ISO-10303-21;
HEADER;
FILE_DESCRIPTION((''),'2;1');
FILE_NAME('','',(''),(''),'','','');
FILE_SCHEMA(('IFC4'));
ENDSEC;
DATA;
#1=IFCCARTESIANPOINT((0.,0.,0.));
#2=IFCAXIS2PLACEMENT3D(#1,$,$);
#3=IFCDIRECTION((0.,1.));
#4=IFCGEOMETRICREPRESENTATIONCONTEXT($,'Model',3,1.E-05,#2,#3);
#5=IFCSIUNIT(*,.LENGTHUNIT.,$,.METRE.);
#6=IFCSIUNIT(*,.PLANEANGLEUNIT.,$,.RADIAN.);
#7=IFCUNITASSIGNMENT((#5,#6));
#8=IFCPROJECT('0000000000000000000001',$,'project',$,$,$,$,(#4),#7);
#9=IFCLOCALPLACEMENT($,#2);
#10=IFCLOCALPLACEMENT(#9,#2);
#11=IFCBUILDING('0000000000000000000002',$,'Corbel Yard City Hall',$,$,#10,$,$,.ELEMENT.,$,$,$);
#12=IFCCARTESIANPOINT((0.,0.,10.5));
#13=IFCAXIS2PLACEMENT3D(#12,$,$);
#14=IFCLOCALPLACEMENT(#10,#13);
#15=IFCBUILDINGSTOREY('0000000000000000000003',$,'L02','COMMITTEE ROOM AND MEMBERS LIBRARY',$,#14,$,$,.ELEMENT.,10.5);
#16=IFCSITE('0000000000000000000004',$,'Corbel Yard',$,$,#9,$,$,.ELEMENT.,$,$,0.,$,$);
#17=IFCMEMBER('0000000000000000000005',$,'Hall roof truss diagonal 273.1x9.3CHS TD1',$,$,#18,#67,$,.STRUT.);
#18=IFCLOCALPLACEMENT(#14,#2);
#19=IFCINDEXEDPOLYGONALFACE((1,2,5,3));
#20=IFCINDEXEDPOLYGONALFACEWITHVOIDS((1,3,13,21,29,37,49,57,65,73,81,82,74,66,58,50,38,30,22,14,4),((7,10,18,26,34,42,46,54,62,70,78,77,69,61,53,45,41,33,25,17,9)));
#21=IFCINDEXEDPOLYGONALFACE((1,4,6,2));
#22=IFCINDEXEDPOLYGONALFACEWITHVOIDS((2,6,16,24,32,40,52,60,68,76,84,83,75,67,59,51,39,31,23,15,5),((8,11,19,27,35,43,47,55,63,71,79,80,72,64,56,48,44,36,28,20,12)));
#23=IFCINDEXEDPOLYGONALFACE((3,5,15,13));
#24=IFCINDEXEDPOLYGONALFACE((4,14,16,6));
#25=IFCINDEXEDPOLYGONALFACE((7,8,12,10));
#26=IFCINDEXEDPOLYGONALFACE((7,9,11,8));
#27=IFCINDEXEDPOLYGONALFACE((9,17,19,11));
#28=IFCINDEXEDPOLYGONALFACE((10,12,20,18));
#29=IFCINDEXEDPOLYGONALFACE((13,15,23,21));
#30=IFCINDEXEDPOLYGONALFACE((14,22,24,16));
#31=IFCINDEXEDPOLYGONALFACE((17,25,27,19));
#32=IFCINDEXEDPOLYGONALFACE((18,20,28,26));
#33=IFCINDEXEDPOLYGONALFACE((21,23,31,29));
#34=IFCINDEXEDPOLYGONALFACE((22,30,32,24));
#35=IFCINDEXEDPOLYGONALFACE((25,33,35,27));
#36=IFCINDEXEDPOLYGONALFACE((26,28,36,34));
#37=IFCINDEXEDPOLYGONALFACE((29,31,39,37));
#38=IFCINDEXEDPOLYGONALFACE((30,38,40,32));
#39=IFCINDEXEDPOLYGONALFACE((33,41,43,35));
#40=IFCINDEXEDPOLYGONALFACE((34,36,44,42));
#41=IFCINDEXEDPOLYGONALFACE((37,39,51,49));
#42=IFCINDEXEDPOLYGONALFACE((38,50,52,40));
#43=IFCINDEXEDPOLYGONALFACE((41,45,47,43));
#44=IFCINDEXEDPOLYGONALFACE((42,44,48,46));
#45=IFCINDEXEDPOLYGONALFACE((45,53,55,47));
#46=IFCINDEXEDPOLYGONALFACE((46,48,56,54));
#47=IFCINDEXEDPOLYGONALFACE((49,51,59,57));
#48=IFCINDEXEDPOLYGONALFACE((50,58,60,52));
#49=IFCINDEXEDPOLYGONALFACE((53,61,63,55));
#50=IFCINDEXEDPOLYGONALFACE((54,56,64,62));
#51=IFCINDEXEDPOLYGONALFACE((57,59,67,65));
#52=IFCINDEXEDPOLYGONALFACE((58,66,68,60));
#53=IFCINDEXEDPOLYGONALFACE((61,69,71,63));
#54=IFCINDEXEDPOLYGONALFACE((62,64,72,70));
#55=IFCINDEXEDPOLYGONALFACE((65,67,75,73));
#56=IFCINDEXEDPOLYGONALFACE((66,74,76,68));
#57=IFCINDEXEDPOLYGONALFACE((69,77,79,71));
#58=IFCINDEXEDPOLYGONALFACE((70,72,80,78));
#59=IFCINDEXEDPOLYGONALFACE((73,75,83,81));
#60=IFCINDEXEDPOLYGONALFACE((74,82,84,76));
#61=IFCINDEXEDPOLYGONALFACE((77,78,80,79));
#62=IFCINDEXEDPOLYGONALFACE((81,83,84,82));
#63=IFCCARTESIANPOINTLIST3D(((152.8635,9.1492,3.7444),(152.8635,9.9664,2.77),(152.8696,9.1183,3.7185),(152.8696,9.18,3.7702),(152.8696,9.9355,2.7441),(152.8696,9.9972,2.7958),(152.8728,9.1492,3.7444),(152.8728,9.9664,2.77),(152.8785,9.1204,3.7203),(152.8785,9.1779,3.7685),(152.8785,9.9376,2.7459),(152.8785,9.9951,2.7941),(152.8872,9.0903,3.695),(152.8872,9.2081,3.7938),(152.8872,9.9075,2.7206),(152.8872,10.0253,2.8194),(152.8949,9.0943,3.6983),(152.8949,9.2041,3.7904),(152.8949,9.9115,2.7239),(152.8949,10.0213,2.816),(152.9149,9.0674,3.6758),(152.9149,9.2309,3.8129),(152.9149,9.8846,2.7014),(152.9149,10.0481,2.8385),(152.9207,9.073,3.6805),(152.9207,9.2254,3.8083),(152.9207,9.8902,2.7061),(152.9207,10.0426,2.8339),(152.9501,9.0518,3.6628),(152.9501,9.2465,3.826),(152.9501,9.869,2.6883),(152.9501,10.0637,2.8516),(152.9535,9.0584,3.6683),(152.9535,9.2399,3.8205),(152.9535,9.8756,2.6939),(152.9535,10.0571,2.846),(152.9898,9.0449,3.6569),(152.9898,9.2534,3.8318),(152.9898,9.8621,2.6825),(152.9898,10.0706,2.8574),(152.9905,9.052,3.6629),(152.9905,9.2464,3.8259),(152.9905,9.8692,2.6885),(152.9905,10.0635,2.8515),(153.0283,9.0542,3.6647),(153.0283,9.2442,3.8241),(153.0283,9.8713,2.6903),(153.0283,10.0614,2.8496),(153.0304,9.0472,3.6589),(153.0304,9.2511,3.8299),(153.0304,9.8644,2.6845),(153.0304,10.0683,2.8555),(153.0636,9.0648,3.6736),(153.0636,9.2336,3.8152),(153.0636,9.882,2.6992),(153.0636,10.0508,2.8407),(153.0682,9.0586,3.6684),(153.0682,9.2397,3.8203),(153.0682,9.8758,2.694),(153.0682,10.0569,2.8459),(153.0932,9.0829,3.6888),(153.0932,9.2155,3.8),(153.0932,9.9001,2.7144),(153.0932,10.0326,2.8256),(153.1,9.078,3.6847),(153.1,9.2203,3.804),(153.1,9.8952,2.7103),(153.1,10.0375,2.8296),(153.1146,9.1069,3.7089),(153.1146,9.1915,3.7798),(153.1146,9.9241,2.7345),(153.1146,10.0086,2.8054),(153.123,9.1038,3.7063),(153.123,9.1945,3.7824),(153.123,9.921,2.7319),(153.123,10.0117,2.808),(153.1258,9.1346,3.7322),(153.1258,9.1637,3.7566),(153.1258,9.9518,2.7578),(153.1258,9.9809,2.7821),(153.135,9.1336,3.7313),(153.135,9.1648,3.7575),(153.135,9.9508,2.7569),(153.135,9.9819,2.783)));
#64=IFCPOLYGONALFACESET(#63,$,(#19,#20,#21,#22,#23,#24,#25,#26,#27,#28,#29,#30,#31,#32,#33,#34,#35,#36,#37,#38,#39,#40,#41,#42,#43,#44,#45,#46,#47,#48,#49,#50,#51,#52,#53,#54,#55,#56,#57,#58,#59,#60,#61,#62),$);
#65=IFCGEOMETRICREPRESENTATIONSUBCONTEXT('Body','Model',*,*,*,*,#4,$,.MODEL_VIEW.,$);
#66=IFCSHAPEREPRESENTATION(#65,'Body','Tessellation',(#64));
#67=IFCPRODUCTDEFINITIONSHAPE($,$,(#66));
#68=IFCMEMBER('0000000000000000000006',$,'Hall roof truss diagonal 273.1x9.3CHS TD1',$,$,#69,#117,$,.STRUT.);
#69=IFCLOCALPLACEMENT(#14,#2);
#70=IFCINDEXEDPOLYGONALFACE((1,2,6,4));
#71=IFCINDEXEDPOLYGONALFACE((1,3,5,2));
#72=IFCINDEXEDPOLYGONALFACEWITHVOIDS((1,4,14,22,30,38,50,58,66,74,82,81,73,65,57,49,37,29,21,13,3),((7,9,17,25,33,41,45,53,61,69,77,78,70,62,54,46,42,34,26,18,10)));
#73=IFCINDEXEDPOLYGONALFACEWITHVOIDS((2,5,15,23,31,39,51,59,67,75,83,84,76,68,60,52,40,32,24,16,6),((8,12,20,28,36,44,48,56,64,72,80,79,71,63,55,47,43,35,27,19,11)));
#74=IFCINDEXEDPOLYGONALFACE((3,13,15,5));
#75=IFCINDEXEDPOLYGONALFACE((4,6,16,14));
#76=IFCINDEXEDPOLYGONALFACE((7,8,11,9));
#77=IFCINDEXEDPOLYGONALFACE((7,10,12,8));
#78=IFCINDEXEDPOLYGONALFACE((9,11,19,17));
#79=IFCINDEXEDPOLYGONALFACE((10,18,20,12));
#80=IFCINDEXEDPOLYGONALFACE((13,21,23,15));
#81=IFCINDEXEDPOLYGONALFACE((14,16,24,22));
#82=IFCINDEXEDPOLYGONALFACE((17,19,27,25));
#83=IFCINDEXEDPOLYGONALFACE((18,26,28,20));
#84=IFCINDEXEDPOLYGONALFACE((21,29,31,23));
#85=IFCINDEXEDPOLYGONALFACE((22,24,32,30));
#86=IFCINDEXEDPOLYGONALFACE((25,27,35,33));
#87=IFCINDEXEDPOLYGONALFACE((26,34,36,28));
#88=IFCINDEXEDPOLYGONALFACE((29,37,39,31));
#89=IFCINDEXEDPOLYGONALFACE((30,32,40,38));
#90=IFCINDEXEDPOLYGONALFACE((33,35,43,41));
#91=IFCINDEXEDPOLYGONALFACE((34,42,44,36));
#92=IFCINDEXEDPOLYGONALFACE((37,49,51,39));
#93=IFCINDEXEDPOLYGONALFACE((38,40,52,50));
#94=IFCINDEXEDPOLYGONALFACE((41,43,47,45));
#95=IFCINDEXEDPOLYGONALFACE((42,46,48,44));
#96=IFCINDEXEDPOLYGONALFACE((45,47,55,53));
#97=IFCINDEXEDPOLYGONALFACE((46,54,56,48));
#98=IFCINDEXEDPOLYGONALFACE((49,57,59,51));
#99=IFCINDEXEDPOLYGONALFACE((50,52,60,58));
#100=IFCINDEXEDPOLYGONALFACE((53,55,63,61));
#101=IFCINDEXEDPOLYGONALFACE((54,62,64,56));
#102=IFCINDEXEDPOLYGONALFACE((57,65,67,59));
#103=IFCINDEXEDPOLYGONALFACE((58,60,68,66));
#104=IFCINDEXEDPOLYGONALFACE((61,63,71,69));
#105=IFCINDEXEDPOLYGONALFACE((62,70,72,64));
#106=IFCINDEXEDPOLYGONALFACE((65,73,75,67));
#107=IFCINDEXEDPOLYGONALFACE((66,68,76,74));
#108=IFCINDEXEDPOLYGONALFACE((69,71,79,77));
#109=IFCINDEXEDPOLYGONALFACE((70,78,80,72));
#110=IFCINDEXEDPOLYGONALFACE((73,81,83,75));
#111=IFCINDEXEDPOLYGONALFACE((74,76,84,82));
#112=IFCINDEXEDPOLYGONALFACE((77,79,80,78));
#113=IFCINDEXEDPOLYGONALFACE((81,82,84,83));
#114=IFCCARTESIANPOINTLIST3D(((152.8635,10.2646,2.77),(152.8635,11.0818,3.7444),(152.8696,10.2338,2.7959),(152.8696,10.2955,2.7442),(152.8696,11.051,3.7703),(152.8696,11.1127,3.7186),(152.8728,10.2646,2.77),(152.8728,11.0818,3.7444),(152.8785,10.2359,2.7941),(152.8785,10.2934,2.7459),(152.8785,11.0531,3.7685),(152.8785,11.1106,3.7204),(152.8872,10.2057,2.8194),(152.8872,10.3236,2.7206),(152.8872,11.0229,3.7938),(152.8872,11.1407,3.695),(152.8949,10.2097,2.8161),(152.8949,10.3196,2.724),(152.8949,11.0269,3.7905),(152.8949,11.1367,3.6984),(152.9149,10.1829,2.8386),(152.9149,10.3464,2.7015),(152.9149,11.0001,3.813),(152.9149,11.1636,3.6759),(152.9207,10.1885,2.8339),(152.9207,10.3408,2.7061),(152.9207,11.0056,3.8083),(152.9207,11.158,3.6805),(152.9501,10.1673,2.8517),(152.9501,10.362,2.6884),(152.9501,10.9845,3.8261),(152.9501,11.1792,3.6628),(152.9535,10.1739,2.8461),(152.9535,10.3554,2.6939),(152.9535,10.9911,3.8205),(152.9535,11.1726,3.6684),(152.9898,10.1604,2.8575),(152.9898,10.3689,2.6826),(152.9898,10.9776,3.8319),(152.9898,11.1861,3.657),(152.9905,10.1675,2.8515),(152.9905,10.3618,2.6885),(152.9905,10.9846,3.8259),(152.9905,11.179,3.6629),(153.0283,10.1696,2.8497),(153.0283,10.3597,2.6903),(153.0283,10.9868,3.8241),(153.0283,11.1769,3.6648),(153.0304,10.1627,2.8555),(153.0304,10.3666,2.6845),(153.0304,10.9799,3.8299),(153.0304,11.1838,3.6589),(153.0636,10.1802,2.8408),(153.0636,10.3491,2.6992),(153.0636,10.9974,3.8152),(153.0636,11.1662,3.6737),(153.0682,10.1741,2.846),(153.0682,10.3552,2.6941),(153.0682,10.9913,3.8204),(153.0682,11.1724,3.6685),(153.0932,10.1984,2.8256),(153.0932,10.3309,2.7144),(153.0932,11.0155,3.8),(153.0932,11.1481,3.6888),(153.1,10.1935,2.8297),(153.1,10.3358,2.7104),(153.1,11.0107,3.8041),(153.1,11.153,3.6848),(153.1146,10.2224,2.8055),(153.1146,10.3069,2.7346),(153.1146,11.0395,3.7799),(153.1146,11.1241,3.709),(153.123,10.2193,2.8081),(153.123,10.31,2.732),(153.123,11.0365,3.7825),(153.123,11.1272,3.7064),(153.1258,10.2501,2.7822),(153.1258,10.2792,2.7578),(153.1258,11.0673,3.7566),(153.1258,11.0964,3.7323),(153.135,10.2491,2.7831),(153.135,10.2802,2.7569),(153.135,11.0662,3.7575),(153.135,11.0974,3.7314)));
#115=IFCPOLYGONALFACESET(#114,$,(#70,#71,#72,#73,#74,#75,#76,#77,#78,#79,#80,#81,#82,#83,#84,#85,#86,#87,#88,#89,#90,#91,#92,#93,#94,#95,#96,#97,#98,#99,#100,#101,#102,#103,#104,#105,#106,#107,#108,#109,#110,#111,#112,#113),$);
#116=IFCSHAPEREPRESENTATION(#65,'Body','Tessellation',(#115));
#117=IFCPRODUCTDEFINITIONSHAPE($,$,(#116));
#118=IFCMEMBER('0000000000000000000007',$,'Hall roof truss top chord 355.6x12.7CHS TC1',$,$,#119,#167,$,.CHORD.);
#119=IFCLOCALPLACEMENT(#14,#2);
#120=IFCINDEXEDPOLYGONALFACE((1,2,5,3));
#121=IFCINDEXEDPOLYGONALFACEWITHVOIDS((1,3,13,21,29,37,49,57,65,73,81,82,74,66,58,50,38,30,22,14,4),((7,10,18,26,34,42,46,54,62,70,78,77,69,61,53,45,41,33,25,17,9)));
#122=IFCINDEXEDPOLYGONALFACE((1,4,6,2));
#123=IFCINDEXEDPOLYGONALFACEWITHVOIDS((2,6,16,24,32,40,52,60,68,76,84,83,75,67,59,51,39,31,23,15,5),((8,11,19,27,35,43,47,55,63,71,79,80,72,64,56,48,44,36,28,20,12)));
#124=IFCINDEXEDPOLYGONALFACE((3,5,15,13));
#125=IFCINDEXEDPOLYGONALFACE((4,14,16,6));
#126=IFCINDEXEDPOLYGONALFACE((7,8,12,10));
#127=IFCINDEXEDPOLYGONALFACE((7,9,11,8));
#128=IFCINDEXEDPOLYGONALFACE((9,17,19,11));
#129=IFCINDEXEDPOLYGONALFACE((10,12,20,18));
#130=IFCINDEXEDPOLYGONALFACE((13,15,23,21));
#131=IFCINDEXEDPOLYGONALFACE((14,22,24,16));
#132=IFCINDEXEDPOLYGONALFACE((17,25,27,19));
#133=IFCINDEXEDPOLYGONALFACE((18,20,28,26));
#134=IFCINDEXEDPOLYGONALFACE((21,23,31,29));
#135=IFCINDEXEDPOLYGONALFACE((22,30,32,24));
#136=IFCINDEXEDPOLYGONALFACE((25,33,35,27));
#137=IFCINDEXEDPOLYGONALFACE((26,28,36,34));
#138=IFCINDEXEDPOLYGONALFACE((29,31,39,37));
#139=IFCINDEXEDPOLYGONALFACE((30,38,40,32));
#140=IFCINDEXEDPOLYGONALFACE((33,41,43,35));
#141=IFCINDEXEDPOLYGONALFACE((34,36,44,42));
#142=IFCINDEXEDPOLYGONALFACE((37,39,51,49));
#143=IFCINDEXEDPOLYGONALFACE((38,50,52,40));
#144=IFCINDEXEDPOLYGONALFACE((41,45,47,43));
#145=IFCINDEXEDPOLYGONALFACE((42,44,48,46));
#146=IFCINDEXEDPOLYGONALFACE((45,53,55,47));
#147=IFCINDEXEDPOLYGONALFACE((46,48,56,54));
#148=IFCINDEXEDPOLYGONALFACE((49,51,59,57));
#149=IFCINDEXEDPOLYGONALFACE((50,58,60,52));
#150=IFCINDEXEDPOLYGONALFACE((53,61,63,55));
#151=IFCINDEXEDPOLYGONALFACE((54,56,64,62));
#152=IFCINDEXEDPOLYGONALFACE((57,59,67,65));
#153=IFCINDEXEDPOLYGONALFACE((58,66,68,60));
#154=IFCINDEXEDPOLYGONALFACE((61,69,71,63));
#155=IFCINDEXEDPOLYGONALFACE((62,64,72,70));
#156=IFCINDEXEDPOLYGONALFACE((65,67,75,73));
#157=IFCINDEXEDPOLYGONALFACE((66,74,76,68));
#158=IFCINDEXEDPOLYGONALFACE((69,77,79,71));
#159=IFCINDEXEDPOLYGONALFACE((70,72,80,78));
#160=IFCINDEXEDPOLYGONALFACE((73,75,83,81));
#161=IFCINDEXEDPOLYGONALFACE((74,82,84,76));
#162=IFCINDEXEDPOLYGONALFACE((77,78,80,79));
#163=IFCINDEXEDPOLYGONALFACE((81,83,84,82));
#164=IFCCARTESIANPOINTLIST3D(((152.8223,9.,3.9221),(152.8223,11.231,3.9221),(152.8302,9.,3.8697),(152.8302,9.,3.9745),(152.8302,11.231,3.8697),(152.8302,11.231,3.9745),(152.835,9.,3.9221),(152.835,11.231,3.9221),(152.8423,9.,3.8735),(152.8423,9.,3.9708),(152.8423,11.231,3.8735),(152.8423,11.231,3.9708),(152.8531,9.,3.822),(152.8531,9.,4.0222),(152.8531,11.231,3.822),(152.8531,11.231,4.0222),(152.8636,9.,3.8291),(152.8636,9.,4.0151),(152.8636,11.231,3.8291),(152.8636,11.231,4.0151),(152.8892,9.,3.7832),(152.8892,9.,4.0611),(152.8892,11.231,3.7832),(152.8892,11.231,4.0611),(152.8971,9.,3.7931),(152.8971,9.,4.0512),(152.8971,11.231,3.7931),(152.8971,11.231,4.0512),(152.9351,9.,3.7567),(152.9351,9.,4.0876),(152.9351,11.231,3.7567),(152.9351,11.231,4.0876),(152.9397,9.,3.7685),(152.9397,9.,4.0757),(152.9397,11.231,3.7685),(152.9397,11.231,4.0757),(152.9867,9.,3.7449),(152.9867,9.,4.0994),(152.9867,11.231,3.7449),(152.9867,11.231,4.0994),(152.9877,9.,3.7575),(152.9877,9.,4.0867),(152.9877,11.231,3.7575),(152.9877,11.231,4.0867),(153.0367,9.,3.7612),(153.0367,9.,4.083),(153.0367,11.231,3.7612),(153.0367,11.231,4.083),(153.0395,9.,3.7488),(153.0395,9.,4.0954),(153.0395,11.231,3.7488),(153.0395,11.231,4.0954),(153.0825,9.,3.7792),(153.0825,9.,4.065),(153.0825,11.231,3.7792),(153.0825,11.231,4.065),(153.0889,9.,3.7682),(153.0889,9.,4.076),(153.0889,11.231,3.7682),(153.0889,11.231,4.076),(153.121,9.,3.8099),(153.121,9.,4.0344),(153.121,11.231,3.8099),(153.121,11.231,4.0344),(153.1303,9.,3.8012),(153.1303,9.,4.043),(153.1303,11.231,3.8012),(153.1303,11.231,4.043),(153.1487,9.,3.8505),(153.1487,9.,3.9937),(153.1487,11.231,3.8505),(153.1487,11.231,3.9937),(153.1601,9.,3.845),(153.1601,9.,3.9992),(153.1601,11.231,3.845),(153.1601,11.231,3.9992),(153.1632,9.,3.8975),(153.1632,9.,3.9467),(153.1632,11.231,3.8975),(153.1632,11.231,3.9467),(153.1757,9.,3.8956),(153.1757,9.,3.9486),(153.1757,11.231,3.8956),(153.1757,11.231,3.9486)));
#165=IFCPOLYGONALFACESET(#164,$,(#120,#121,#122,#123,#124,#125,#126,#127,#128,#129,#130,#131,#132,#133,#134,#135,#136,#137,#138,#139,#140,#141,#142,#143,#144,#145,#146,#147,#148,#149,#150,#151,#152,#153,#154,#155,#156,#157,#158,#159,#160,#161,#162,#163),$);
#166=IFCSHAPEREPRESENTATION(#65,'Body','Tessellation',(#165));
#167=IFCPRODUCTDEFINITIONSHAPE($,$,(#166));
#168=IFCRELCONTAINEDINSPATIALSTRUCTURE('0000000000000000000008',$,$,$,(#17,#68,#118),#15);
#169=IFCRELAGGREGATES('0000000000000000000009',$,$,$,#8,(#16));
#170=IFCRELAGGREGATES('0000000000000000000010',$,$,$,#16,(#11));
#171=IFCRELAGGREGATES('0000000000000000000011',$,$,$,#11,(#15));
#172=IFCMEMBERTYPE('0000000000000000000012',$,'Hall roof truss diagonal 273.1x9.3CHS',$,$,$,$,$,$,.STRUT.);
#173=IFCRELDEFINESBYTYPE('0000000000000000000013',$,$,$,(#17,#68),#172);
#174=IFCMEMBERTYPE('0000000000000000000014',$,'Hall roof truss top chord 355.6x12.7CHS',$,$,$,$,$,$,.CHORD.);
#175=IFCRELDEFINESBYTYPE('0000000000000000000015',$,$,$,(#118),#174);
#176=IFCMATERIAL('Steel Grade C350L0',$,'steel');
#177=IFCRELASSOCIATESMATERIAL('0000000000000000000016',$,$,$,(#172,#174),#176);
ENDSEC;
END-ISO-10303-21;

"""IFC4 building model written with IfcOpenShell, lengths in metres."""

from ifc_helpers import new_model, si_unit, direction, frame, origin, origin_2d, place, context, subcontext, project, spatial, hollow_circle, extrude, material, material_profile, profile_set, type_object, element, save


model = new_model("IFC4")

# Units and contexts
model_context = context("Model", 3, precision=1e-05, world=origin(), true_north=direction((0.0, 1.0)))
body_context = subcontext(model_context, "Body", "Model", "MODEL_VIEW")
ifc_project = project(units=[si_unit("LENGTHUNIT", "METRE"), si_unit("PLANEANGLEUNIT", "RADIAN")], contexts=[model_context])

# Site, building, storey
site_placement = place(None, origin())
site = spatial("IfcSite", under=ifc_project, at=site_placement, Name="Corbel Yard", CompositionType="ELEMENT", RefElevation=0.0)
building_placement = place(site_placement, origin())
building = spatial("IfcBuilding", under=site, at=building_placement, Name="Corbel Yard City Hall", CompositionType="ELEMENT")
storey_placement = place(building_placement, frame((0.0, 0.0, 10.5)))
storey = spatial("IfcBuildingStorey", under=building, at=storey_placement, Name="L02", Description="COMMITTEE ROOM AND MEMBERS LIBRARY", CompositionType="ELEMENT", Elevation=10.5)

# Members
ifc_material_1 = material(Name="Steel Grade C350L0", Category="steel")
ifc_material_profile_1 = material_profile(ifc_material_1, hollow_circle(Radius=0.1365, WallThickness=0.0093, at=origin_2d()), Name="273.1x9.3CHS")
ifc_profile_set_1 = profile_set([ifc_material_profile_1], Name="Steel Grade C350L0")
member_type_1 = type_object("IfcMemberType", Name="Hall roof truss diagonal 273.1x9.3CHS", PredefinedType="STRUT", material=ifc_profile_set_1)
for number, where, z_axis, x_axis, name in (
    (1, (153.0, 9.1492, 3.7444), (0.0, 0.64258, -0.766219), (-1.0, 0.0, 0.0), "Hall roof truss diagonal 273.1x9.3CHS TD1"),
    (2, (153.0, 10.2646, 2.77), (0.0, 0.64258, 0.766219), (-1.0, 0.0, 0.0), "Hall roof truss diagonal 273.1x9.3CHS TD1"),
):
    element("IfcMember", number, at=place(storey_placement, frame(where, z_axis=z_axis, x_axis=x_axis)), inside=storey, type_object=member_type_1, Name=name, PredefinedType="STRUT", context=body_context, shape_type="SweptSolid", body=[
        extrude(hollow_circle(Radius=0.1365, WallThickness=0.0093, at=origin_2d()), origin(), (0.0, 0.0, 1.0), 1.2717),
    ])
ifc_material_profile_2 = material_profile(ifc_material_1, hollow_circle(Radius=0.1777, WallThickness=0.0127, at=origin_2d()), Name="355.6x12.7CHS")
ifc_profile_set_2 = profile_set([ifc_material_profile_2], Name="Steel Grade C350L0")
member_type_2 = type_object("IfcMemberType", Name="Hall roof truss top chord 355.6x12.7CHS", PredefinedType="CHORD", material=ifc_profile_set_2)
for number, where, z_axis, x_axis, name in (
    (3, (153.0, 9.0, 3.9221), (0.0, 1.0, 0.0), (-1.0, 0.0, 0.0), "Hall roof truss top chord 355.6x12.7CHS TC1"),
):
    element("IfcMember", number, at=place(storey_placement, frame(where, z_axis=z_axis, x_axis=x_axis)), inside=storey, type_object=member_type_2, Name=name, PredefinedType="CHORD", context=body_context, shape_type="SweptSolid", body=[
        extrude(hollow_circle(Radius=0.1777, WallThickness=0.0127, at=origin_2d()), origin(), (0.0, 0.0, 1.0), 2.231),
    ])

save(model, "model.ifc")
